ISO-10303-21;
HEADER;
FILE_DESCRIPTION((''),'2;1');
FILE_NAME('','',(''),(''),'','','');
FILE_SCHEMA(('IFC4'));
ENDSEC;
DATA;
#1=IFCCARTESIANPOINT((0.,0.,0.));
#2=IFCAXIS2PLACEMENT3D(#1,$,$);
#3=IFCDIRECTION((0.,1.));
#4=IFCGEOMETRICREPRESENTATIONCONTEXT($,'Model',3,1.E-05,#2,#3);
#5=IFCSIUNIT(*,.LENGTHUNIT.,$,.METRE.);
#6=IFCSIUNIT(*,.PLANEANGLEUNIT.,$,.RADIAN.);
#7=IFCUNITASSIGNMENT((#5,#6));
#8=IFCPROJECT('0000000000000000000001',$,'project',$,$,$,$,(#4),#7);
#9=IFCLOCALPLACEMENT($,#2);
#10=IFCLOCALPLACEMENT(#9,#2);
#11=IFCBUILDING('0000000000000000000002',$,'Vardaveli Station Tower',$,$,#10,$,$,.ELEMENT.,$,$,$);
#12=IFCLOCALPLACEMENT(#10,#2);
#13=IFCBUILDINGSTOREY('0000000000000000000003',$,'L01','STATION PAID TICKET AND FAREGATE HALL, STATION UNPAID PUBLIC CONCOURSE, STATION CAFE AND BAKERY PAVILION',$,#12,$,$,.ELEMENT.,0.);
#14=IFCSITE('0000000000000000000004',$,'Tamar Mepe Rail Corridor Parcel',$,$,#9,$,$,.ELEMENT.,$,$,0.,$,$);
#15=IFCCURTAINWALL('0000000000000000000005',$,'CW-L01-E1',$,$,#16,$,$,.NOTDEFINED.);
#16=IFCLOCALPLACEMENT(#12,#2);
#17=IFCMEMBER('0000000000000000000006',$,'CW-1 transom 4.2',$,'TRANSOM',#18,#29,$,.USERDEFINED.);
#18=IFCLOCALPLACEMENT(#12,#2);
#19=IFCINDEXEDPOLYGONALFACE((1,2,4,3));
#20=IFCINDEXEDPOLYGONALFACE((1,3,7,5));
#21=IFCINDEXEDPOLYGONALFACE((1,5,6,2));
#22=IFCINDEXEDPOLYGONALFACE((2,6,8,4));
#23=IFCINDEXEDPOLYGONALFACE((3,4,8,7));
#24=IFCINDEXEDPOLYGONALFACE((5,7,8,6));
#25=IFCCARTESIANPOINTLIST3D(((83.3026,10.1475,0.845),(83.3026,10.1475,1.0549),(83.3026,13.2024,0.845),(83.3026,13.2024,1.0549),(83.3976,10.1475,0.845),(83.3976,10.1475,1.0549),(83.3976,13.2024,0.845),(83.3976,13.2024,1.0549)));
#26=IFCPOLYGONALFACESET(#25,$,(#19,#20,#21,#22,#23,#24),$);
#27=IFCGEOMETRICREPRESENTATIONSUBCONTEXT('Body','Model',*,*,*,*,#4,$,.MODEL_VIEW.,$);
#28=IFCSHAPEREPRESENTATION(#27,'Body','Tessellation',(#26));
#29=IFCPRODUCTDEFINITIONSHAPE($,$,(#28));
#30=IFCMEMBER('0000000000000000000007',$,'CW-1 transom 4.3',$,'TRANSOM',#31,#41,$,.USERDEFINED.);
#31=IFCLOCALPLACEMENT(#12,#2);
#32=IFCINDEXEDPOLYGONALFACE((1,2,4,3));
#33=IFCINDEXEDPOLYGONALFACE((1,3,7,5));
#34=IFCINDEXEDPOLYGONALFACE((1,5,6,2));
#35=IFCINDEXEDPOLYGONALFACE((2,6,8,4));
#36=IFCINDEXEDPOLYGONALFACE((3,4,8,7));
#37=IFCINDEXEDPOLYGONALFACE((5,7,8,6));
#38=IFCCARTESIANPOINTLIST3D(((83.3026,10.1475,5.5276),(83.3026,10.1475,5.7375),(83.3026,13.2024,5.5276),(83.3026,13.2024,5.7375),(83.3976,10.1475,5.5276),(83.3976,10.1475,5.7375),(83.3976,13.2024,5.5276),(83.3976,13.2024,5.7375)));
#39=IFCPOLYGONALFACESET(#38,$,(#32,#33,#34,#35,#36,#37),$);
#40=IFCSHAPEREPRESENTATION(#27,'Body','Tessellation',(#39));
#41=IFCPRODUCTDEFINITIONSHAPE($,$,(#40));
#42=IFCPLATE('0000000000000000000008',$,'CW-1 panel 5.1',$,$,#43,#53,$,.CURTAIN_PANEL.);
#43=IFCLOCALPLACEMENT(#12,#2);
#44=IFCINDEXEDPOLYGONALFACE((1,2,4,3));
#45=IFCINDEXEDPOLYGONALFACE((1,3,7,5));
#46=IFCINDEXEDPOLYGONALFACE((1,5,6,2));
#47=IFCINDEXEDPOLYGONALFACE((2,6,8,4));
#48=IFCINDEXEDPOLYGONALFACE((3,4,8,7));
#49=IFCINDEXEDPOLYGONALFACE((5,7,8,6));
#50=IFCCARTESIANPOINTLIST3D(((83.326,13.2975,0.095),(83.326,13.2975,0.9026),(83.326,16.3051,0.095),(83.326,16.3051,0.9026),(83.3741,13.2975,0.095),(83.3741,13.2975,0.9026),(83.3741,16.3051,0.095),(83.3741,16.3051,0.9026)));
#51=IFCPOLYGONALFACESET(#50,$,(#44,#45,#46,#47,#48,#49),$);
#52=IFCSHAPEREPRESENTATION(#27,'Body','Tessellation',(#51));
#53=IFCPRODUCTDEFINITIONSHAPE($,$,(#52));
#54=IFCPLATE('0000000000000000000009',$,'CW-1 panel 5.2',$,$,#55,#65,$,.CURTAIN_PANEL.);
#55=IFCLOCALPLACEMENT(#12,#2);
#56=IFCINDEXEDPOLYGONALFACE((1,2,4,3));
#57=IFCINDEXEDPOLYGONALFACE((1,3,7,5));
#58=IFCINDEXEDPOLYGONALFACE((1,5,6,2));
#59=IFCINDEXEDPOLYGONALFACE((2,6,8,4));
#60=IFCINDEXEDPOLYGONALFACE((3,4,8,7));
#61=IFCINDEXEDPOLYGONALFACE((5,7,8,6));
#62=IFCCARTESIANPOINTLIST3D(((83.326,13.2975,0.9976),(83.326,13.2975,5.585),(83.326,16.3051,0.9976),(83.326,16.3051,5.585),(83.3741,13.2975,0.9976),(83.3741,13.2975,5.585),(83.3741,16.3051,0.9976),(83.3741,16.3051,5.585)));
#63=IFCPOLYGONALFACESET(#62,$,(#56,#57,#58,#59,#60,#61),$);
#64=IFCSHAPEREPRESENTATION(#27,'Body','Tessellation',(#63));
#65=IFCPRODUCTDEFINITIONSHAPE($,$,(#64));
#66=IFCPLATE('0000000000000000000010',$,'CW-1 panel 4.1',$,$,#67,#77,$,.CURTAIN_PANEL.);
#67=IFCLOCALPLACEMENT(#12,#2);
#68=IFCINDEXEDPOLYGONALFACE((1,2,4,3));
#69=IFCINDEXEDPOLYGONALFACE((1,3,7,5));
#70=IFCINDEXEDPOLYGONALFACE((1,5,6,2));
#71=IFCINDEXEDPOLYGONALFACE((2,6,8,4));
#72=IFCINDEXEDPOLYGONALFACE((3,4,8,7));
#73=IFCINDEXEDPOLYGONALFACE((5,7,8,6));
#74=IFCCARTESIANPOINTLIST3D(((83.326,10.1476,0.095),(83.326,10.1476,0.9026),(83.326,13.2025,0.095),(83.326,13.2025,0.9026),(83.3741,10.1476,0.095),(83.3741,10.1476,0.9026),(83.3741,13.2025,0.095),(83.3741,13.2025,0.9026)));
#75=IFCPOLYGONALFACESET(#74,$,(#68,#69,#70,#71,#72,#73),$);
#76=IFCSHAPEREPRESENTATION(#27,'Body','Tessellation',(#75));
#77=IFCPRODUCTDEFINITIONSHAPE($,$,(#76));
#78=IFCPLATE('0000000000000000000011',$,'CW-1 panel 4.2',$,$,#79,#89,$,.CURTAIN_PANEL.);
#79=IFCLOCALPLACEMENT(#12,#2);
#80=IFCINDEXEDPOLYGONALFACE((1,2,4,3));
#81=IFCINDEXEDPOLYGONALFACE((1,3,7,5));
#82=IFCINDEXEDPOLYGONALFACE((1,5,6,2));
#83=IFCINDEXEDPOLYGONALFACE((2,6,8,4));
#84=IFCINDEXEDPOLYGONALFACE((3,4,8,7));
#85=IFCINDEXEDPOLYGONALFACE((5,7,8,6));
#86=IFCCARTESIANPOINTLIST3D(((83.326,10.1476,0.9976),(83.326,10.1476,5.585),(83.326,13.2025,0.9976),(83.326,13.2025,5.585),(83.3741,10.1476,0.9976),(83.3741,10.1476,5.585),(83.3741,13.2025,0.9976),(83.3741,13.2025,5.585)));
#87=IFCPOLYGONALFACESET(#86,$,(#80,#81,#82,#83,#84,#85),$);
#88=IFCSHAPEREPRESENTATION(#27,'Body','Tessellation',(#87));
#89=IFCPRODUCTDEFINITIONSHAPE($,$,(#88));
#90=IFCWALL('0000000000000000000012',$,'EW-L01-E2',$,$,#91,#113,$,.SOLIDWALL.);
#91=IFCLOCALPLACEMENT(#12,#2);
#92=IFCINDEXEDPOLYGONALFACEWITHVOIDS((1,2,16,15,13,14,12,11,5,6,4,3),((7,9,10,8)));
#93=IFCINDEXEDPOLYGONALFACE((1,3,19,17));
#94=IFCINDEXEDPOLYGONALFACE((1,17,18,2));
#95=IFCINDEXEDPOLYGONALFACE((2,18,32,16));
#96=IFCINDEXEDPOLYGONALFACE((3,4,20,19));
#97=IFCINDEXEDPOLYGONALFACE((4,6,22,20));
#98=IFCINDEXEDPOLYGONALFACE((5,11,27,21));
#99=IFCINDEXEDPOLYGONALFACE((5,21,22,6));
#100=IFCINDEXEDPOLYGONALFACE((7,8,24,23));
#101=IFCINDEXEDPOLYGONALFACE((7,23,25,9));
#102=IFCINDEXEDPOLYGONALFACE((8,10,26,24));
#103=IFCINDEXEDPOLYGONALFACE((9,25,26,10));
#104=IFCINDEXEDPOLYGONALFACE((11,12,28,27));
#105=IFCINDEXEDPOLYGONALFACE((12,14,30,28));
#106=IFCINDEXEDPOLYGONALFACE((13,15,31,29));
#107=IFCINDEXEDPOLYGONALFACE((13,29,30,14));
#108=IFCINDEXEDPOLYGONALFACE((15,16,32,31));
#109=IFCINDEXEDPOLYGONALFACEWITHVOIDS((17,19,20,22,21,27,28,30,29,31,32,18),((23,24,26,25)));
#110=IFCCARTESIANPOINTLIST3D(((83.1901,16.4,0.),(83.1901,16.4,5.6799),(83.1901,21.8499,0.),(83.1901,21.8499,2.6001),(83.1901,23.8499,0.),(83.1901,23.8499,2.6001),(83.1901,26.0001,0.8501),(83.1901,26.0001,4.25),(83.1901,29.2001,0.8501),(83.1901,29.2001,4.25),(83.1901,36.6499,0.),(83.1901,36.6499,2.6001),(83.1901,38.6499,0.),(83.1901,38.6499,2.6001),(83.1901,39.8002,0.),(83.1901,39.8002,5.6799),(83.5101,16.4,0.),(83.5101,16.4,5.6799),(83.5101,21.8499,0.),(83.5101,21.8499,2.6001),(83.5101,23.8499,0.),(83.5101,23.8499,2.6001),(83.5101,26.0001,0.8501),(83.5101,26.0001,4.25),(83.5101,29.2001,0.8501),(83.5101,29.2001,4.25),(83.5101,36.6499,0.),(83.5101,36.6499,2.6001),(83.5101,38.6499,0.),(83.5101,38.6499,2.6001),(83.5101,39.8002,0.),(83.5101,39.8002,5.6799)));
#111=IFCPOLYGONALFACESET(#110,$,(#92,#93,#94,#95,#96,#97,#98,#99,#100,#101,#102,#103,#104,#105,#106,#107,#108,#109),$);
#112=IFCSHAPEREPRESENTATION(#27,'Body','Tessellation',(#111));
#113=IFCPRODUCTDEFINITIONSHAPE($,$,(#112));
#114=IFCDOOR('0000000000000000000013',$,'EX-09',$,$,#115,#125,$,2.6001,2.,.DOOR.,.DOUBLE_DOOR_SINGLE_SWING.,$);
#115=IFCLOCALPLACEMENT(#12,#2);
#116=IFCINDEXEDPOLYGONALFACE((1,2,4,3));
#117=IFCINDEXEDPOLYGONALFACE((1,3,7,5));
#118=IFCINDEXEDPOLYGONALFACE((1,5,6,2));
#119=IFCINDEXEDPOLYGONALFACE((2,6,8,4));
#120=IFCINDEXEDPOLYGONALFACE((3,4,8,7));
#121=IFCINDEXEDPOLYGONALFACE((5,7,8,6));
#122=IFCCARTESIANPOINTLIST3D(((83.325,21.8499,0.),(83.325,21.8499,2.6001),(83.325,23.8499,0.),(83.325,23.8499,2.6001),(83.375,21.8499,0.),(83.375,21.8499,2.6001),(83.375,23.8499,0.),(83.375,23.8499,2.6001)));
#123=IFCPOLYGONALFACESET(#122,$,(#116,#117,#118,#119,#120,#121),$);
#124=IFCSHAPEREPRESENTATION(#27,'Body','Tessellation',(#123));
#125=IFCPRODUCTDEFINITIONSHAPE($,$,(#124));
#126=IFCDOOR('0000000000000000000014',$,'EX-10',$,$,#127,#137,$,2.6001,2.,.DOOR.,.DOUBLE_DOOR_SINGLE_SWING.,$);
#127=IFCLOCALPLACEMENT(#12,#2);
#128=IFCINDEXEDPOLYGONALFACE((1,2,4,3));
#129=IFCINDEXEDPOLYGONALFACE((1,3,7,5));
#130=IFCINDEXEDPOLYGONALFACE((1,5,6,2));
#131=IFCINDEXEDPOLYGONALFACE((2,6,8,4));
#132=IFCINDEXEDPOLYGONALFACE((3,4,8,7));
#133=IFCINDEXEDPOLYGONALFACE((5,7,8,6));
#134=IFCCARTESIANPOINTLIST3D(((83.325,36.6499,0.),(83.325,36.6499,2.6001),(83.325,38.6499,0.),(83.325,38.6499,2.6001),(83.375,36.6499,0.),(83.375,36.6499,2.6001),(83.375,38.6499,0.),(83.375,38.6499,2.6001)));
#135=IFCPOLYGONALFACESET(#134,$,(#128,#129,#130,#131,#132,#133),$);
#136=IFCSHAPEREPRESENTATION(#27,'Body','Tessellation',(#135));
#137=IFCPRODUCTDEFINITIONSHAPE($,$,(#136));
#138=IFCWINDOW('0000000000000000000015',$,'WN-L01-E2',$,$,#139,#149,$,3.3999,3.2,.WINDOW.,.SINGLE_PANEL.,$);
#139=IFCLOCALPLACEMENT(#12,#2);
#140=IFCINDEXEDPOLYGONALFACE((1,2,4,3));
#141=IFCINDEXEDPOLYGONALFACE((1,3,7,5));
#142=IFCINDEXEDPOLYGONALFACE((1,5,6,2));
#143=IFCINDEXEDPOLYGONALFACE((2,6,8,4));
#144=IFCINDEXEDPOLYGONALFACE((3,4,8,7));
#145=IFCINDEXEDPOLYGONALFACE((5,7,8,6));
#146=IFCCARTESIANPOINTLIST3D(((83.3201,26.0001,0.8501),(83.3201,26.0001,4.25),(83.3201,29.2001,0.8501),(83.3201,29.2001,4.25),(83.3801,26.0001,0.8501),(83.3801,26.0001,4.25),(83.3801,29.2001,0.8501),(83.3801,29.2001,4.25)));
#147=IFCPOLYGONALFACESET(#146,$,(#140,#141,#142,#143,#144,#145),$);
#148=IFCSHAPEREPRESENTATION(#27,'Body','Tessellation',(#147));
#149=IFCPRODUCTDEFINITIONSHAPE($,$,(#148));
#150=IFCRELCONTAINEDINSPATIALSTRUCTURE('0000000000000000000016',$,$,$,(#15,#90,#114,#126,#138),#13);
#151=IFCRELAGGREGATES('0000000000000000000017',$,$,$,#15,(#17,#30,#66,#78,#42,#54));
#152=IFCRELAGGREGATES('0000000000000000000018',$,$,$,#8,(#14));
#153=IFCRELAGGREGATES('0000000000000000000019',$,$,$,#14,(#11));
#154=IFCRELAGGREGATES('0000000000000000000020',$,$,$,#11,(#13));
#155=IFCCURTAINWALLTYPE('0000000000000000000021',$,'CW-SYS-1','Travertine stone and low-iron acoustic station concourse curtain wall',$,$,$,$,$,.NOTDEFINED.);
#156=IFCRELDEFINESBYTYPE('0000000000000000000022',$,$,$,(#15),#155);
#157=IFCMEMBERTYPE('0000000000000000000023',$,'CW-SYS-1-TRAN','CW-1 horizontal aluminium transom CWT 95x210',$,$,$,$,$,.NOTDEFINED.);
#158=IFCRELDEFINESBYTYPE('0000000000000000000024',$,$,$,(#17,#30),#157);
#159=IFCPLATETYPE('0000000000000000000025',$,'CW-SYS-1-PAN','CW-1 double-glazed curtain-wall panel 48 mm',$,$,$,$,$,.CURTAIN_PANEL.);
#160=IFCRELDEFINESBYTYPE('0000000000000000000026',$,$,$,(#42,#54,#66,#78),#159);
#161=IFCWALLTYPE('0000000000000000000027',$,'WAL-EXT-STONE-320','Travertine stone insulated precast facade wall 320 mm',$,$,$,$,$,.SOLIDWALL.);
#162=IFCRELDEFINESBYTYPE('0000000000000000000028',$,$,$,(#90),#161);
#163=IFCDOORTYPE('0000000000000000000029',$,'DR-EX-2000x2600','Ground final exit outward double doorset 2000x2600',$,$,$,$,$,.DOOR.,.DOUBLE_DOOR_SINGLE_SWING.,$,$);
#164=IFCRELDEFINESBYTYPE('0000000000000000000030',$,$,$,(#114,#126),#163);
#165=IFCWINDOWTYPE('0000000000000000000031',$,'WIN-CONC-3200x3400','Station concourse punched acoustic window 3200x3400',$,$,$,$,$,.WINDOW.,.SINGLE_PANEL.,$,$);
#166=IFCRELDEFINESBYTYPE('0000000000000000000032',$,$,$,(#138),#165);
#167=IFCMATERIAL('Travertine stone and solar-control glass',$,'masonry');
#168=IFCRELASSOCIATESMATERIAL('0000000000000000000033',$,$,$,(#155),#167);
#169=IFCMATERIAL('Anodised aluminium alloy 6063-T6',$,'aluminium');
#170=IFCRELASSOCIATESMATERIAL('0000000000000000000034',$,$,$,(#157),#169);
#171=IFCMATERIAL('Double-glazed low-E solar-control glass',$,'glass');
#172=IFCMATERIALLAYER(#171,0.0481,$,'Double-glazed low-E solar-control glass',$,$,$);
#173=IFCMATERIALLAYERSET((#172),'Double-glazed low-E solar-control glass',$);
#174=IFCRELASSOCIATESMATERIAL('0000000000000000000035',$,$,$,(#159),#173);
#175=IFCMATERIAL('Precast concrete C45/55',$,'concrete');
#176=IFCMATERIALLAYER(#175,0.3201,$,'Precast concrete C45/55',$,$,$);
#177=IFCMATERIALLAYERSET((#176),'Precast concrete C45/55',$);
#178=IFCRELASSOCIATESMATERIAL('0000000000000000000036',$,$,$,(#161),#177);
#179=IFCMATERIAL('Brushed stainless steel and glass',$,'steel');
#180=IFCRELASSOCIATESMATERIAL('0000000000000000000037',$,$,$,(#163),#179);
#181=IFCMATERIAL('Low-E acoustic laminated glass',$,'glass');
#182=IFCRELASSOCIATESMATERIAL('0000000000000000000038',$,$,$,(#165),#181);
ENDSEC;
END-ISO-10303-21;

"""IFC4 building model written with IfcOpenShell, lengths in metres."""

from ifc_helpers import new_model, si_unit, direction, frame, frame_2d, origin, origin_2d, place, context, subcontext, project, spatial, rectangle, extrude, source, transform, mapped, material, layer, layer_set, material_profile, profile_set, type_object, element, fill, aggregate, save


model = new_model("IFC4")

# Units and contexts
model_context = context("Model", 3, precision=1e-05, world=origin(), true_north=direction((0.0, 1.0)))
body_context = subcontext(model_context, "Body", "Model", "MODEL_VIEW")
ifc_project = project(units=[si_unit("LENGTHUNIT", "METRE"), si_unit("PLANEANGLEUNIT", "RADIAN")], contexts=[model_context])

# Site, building, storey
site_placement = place(None, origin())
site = spatial("IfcSite", under=ifc_project, at=site_placement, Name="Tamar Mepe Rail Corridor Parcel", CompositionType="ELEMENT", RefElevation=0.0)
building_placement = place(site_placement, origin())
building = spatial("IfcBuilding", under=site, at=building_placement, Name="Vardaveli Station Tower", CompositionType="ELEMENT")
storey_placement = place(building_placement, origin())
storey = spatial("IfcBuildingStorey", under=building, at=storey_placement, Name="L01", Description="STATION PAID TICKET AND FAREGATE HALL, STATION UNPAID PUBLIC CONCOURSE, STATION CAFE AND BAKERY PAVILION", CompositionType="ELEMENT", Elevation=0.0)

# Curtain wall, members, plates
ifc_material_1 = material(Name="Travertine stone and solar-control glass", Category="masonry")
curtain_wall_type = type_object("IfcCurtainWallType", Name="CW-SYS-1", Description="Travertine stone and low-iron acoustic station concourse curtain wall", PredefinedType="NOTDEFINED", material=ifc_material_1)
curtain_wall_placement = place(storey_placement, origin())
curtain_wall = element("IfcCurtainWall", 1, at=curtain_wall_placement, inside=storey, type_object=curtain_wall_type, Name="CW-L01-E1", PredefinedType="NOTDEFINED")
ifc_material_2 = material(Name="Anodised aluminium alloy 6063-T6", Category="aluminium")
ifc_material_profile_1 = material_profile(ifc_material_2, rectangle(XDim=0.095, YDim=0.21, at=origin_2d()), Name="CWT 95x210")
ifc_profile_set_1 = profile_set([ifc_material_profile_1], Name="Anodised aluminium alloy 6063-T6")
member_type_1 = type_object("IfcMemberType", Name="CW-SYS-1-TRAN", Description="CW-1 horizontal aluminium transom CWT 95x210", PredefinedType="NOTDEFINED", material=ifc_profile_set_1)
shared_shape_1 = source(origin(), body_context, "Body", "SweptSolid", [
    extrude(rectangle(XDim=0.095, YDim=0.21, at=origin_2d()), origin(), (0.0, 0.0, 1.0), 3.0549),
])
member_1_placement = place(storey_placement, frame((83.3501, 10.1475, 0.95), z_axis=(0.0, 1.0, 0.0), x_axis=(-1.0, 0.0, 0.0)))
member_1 = element("IfcMember", 2, at=member_1_placement, type_object=member_type_1, Name="CW-1 transom 4.2", ObjectType="TRANSOM", PredefinedType="USERDEFINED", context=body_context, shape_type="MappedRepresentation", body=[
    mapped(shared_shape_1, transform((0.0, 0.0, 0.0), scale=1.0)),
])
member_2_placement = place(storey_placement, frame((83.3501, 10.1475, 5.6326), z_axis=(0.0, 1.0, 0.0), x_axis=(-1.0, 0.0, 0.0)))
member_2 = element("IfcMember", 3, at=member_2_placement, type_object=member_type_1, Name="CW-1 transom 4.3", ObjectType="TRANSOM", PredefinedType="USERDEFINED", context=body_context, shape_type="MappedRepresentation", body=[
    mapped(shared_shape_1, transform((0.0, 0.0, 0.0), scale=1.0)),
])
ifc_material_3 = material(Name="Double-glazed low-E solar-control glass", Category="glass")
ifc_layer_1 = layer(ifc_material_3, 0.0481, Name="Double-glazed low-E solar-control glass")
ifc_layer_set_1 = layer_set([ifc_layer_1], Name="Double-glazed low-E solar-control glass")
plate_type = type_object("IfcPlateType", Name="CW-SYS-1-PAN", Description="CW-1 double-glazed curtain-wall panel 48 mm", PredefinedType="CURTAIN_PANEL", material=ifc_layer_set_1)
shared_shape_2 = source(origin(), body_context, "Body", "SweptSolid", [
    extrude(rectangle(XDim=3.0076, YDim=0.0481, at=origin_2d()), origin(), (0.0, 0.0, 1.0), 0.8076),
])
plate_1_placement = place(storey_placement, frame((83.3501, 14.8013, 0.095), z_axis=(0.0, 0.0, 1.0), x_axis=(0.0, 1.0, 0.0)))
plate_1 = element("IfcPlate", 4, at=plate_1_placement, type_object=plate_type, Name="CW-1 panel 5.1", PredefinedType="CURTAIN_PANEL", context=body_context, shape_type="MappedRepresentation", body=[
    mapped(shared_shape_2, transform((0.0, 0.0, 0.0), scale=1.0)),
])
shared_shape_3 = source(origin(), body_context, "Body", "SweptSolid", [
    extrude(rectangle(XDim=3.0076, YDim=0.0481, at=origin_2d()), origin(), (0.0, 0.0, 1.0), 4.5874),
])
plate_2_placement = place(storey_placement, frame((83.3501, 14.8013, 0.9976), z_axis=(0.0, 0.0, 1.0), x_axis=(0.0, 1.0, 0.0)))
plate_2 = element("IfcPlate", 5, at=plate_2_placement, type_object=plate_type, Name="CW-1 panel 5.2", PredefinedType="CURTAIN_PANEL", context=body_context, shape_type="MappedRepresentation", body=[
    mapped(shared_shape_3, transform((0.0, 0.0, 0.0), scale=1.0)),
])
shared_shape_4 = source(origin(), body_context, "Body", "SweptSolid", [
    extrude(rectangle(XDim=3.0549, YDim=0.0481, at=origin_2d()), origin(), (0.0, 0.0, 1.0), 0.8076),
])
plate_3_placement = place(storey_placement, frame((83.3501, 11.675, 0.095), z_axis=(0.0, 0.0, 1.0), x_axis=(0.0, 1.0, 0.0)))
plate_3 = element("IfcPlate", 6, at=plate_3_placement, type_object=plate_type, Name="CW-1 panel 4.1", PredefinedType="CURTAIN_PANEL", context=body_context, shape_type="MappedRepresentation", body=[
    mapped(shared_shape_4, transform((0.0, 0.0, 0.0), scale=1.0)),
])
shared_shape_5 = source(origin(), body_context, "Body", "SweptSolid", [
    extrude(rectangle(XDim=3.0549, YDim=0.0481, at=origin_2d()), origin(), (0.0, 0.0, 1.0), 4.5874),
])
plate_4_placement = place(storey_placement, frame((83.3501, 11.675, 0.9976), z_axis=(0.0, 0.0, 1.0), x_axis=(0.0, 1.0, 0.0)))
plate_4 = element("IfcPlate", 7, at=plate_4_placement, type_object=plate_type, Name="CW-1 panel 4.2", PredefinedType="CURTAIN_PANEL", context=body_context, shape_type="MappedRepresentation", body=[
    mapped(shared_shape_5, transform((0.0, 0.0, 0.0), scale=1.0)),
])
aggregate(curtain_wall, [member_1, member_2, plate_3, plate_4, plate_1, plate_2])

# Wall, openings, doors, window
ifc_material_4 = material(Name="Precast concrete C45/55", Category="concrete")
ifc_layer_2 = layer(ifc_material_4, 0.3201, Name="Precast concrete C45/55")
ifc_layer_set_2 = layer_set([ifc_layer_2], Name="Precast concrete C45/55")
wall_type_1 = type_object("IfcWallType", Name="WAL-EXT-STONE-320", Description="Travertine stone insulated precast facade wall 320 mm", PredefinedType="SOLIDWALL", material=ifc_layer_set_2)
shared_shape_6 = source(origin(), body_context, "Body", "SweptSolid", [
    extrude(rectangle(XDim=23.4001, YDim=0.3201, at=frame_2d((11.7002, 0.0))), origin(), (0.0, 0.0, 1.0), 5.6799),
])
wall_1_placement = place(storey_placement, frame((83.3501, 16.3999, 0.0), z_axis=(0.0, 0.0, 1.0), x_axis=(0.0, 1.0, 0.0)))
wall_1 = element("IfcWall", 8, at=wall_1_placement, inside=storey, type_object=wall_type_1, Name="EW-L01-E2", PredefinedType="SOLIDWALL", context=body_context, shape_type="MappedRepresentation", body=[
    mapped(shared_shape_6, transform((0.0, 0.0, 0.0), scale=1.0)),
])
shared_shape_7 = source(origin(), body_context, "Body", "SweptSolid", [
    extrude(rectangle(XDim=2.0, YDim=2.6001, at=frame_2d((1.0, 1.3))), frame((0.0, 0.1699, 0.0), z_axis=(0.0, -1.0, 0.0), x_axis=(1.0, 0.0, 0.0)), (0.0, 0.0, 1.0), 0.3401),
])
opening_1_placement = place(wall_1_placement, frame((5.45, 0.0, 0.0)))
opening_1 = element("IfcOpeningElement", 9, at=opening_1_placement, cuts=wall_1, PredefinedType="OPENING", context=body_context, shape_type="MappedRepresentation", body=[
    mapped(shared_shape_7, transform((0.0, 0.0, 0.0), scale=1.0)),
])
opening_2_placement = place(wall_1_placement, frame((20.25, 0.0, 0.0)))
opening_2 = element("IfcOpeningElement", 10, at=opening_2_placement, cuts=wall_1, PredefinedType="OPENING", context=body_context, shape_type="MappedRepresentation", body=[
    mapped(shared_shape_7, transform((0.0, 0.0, 0.0), scale=1.0)),
])
shared_shape_8 = source(origin(), body_context, "Body", "SweptSolid", [
    extrude(rectangle(XDim=3.2, YDim=3.3999, at=frame_2d((1.6001, 1.7))), frame((0.0, 0.1699, 0.0), z_axis=(0.0, -1.0, 0.0), x_axis=(1.0, 0.0, 0.0)), (0.0, 0.0, 1.0), 0.3401),
])
opening_3_placement = place(wall_1_placement, frame((9.6001, 0.0, 0.8501)))
opening_3 = element("IfcOpeningElement", 11, at=opening_3_placement, cuts=wall_1, PredefinedType="OPENING", context=body_context, shape_type="MappedRepresentation", body=[
    mapped(shared_shape_8, transform((0.0, 0.0, 0.0), scale=1.0)),
])
ifc_material_5 = material(Name="Brushed stainless steel and glass", Category="steel")
door_type_1 = type_object("IfcDoorType", Name="DR-EX-2000x2600", Description="Ground final exit outward double doorset 2000x2600", OperationType="DOUBLE_DOOR_SINGLE_SWING", PredefinedType="DOOR", material=ifc_material_5)
shared_shape_9 = source(origin(), body_context, "Body", "SweptSolid", [
    extrude(rectangle(XDim=2.0, YDim=2.6001, at=frame_2d((1.0, 1.3))), frame((0.0, 0.0249, 0.0), z_axis=(0.0, -1.0, 0.0), x_axis=(1.0, 0.0, 0.0)), (0.0, 0.0, 1.0), 0.05),
])
door_1_placement = place(opening_1_placement, frame((2.0, 0.0, 0.0), z_axis=(0.0, 0.0, 1.0), x_axis=(-1.0, 0.0, 0.0)))
door_1 = element("IfcDoor", 12, at=door_1_placement, inside=storey, type_object=door_type_1, Name="EX-09", OperationType="DOUBLE_DOOR_SINGLE_SWING", OverallHeight=2.6001, OverallWidth=2.0, PredefinedType="DOOR", context=body_context, shape_type="MappedRepresentation", body=[
    mapped(shared_shape_9, transform((0.0, 0.0, 0.0), scale=1.0)),
])
fill(opening_1, door_1)
door_2_placement = place(opening_2_placement, frame((2.0, 0.0, 0.0), z_axis=(0.0, 0.0, 1.0), x_axis=(-1.0, 0.0, 0.0)))
door_2 = element("IfcDoor", 13, at=door_2_placement, inside=storey, type_object=door_type_1, Name="EX-10", OperationType="DOUBLE_DOOR_SINGLE_SWING", OverallHeight=2.6001, OverallWidth=2.0, PredefinedType="DOOR", context=body_context, shape_type="MappedRepresentation", body=[
    mapped(shared_shape_9, transform((0.0, 0.0, 0.0), scale=1.0)),
])
fill(opening_2, door_2)
ifc_material_6 = material(Name="Low-E acoustic laminated glass", Category="glass")
window_type = type_object("IfcWindowType", Name="WIN-CONC-3200x3400", Description="Station concourse punched acoustic window 3200x3400", PartitioningType="SINGLE_PANEL", PredefinedType="WINDOW", material=ifc_material_6)
shared_shape_10 = source(origin(), body_context, "Body", "SweptSolid", [
    extrude(rectangle(XDim=3.2, YDim=3.3999, at=frame_2d((1.6001, 1.7))), frame((0.0, 0.03, 0.0), z_axis=(0.0, -1.0, 0.0), x_axis=(1.0, 0.0, 0.0)), (0.0, 0.0, 1.0), 0.0601),
])
window_placement = place(opening_3_placement, origin())
window = element("IfcWindow", 14, at=window_placement, inside=storey, type_object=window_type, Name="WN-L01-E2", OverallHeight=3.3999, OverallWidth=3.2, PartitioningType="SINGLE_PANEL", PredefinedType="WINDOW", context=body_context, shape_type="MappedRepresentation", body=[
    mapped(shared_shape_10, transform((0.0, 0.0, 0.0), scale=1.0)),
])
fill(opening_3, window)

save(model, "model.ifc")
